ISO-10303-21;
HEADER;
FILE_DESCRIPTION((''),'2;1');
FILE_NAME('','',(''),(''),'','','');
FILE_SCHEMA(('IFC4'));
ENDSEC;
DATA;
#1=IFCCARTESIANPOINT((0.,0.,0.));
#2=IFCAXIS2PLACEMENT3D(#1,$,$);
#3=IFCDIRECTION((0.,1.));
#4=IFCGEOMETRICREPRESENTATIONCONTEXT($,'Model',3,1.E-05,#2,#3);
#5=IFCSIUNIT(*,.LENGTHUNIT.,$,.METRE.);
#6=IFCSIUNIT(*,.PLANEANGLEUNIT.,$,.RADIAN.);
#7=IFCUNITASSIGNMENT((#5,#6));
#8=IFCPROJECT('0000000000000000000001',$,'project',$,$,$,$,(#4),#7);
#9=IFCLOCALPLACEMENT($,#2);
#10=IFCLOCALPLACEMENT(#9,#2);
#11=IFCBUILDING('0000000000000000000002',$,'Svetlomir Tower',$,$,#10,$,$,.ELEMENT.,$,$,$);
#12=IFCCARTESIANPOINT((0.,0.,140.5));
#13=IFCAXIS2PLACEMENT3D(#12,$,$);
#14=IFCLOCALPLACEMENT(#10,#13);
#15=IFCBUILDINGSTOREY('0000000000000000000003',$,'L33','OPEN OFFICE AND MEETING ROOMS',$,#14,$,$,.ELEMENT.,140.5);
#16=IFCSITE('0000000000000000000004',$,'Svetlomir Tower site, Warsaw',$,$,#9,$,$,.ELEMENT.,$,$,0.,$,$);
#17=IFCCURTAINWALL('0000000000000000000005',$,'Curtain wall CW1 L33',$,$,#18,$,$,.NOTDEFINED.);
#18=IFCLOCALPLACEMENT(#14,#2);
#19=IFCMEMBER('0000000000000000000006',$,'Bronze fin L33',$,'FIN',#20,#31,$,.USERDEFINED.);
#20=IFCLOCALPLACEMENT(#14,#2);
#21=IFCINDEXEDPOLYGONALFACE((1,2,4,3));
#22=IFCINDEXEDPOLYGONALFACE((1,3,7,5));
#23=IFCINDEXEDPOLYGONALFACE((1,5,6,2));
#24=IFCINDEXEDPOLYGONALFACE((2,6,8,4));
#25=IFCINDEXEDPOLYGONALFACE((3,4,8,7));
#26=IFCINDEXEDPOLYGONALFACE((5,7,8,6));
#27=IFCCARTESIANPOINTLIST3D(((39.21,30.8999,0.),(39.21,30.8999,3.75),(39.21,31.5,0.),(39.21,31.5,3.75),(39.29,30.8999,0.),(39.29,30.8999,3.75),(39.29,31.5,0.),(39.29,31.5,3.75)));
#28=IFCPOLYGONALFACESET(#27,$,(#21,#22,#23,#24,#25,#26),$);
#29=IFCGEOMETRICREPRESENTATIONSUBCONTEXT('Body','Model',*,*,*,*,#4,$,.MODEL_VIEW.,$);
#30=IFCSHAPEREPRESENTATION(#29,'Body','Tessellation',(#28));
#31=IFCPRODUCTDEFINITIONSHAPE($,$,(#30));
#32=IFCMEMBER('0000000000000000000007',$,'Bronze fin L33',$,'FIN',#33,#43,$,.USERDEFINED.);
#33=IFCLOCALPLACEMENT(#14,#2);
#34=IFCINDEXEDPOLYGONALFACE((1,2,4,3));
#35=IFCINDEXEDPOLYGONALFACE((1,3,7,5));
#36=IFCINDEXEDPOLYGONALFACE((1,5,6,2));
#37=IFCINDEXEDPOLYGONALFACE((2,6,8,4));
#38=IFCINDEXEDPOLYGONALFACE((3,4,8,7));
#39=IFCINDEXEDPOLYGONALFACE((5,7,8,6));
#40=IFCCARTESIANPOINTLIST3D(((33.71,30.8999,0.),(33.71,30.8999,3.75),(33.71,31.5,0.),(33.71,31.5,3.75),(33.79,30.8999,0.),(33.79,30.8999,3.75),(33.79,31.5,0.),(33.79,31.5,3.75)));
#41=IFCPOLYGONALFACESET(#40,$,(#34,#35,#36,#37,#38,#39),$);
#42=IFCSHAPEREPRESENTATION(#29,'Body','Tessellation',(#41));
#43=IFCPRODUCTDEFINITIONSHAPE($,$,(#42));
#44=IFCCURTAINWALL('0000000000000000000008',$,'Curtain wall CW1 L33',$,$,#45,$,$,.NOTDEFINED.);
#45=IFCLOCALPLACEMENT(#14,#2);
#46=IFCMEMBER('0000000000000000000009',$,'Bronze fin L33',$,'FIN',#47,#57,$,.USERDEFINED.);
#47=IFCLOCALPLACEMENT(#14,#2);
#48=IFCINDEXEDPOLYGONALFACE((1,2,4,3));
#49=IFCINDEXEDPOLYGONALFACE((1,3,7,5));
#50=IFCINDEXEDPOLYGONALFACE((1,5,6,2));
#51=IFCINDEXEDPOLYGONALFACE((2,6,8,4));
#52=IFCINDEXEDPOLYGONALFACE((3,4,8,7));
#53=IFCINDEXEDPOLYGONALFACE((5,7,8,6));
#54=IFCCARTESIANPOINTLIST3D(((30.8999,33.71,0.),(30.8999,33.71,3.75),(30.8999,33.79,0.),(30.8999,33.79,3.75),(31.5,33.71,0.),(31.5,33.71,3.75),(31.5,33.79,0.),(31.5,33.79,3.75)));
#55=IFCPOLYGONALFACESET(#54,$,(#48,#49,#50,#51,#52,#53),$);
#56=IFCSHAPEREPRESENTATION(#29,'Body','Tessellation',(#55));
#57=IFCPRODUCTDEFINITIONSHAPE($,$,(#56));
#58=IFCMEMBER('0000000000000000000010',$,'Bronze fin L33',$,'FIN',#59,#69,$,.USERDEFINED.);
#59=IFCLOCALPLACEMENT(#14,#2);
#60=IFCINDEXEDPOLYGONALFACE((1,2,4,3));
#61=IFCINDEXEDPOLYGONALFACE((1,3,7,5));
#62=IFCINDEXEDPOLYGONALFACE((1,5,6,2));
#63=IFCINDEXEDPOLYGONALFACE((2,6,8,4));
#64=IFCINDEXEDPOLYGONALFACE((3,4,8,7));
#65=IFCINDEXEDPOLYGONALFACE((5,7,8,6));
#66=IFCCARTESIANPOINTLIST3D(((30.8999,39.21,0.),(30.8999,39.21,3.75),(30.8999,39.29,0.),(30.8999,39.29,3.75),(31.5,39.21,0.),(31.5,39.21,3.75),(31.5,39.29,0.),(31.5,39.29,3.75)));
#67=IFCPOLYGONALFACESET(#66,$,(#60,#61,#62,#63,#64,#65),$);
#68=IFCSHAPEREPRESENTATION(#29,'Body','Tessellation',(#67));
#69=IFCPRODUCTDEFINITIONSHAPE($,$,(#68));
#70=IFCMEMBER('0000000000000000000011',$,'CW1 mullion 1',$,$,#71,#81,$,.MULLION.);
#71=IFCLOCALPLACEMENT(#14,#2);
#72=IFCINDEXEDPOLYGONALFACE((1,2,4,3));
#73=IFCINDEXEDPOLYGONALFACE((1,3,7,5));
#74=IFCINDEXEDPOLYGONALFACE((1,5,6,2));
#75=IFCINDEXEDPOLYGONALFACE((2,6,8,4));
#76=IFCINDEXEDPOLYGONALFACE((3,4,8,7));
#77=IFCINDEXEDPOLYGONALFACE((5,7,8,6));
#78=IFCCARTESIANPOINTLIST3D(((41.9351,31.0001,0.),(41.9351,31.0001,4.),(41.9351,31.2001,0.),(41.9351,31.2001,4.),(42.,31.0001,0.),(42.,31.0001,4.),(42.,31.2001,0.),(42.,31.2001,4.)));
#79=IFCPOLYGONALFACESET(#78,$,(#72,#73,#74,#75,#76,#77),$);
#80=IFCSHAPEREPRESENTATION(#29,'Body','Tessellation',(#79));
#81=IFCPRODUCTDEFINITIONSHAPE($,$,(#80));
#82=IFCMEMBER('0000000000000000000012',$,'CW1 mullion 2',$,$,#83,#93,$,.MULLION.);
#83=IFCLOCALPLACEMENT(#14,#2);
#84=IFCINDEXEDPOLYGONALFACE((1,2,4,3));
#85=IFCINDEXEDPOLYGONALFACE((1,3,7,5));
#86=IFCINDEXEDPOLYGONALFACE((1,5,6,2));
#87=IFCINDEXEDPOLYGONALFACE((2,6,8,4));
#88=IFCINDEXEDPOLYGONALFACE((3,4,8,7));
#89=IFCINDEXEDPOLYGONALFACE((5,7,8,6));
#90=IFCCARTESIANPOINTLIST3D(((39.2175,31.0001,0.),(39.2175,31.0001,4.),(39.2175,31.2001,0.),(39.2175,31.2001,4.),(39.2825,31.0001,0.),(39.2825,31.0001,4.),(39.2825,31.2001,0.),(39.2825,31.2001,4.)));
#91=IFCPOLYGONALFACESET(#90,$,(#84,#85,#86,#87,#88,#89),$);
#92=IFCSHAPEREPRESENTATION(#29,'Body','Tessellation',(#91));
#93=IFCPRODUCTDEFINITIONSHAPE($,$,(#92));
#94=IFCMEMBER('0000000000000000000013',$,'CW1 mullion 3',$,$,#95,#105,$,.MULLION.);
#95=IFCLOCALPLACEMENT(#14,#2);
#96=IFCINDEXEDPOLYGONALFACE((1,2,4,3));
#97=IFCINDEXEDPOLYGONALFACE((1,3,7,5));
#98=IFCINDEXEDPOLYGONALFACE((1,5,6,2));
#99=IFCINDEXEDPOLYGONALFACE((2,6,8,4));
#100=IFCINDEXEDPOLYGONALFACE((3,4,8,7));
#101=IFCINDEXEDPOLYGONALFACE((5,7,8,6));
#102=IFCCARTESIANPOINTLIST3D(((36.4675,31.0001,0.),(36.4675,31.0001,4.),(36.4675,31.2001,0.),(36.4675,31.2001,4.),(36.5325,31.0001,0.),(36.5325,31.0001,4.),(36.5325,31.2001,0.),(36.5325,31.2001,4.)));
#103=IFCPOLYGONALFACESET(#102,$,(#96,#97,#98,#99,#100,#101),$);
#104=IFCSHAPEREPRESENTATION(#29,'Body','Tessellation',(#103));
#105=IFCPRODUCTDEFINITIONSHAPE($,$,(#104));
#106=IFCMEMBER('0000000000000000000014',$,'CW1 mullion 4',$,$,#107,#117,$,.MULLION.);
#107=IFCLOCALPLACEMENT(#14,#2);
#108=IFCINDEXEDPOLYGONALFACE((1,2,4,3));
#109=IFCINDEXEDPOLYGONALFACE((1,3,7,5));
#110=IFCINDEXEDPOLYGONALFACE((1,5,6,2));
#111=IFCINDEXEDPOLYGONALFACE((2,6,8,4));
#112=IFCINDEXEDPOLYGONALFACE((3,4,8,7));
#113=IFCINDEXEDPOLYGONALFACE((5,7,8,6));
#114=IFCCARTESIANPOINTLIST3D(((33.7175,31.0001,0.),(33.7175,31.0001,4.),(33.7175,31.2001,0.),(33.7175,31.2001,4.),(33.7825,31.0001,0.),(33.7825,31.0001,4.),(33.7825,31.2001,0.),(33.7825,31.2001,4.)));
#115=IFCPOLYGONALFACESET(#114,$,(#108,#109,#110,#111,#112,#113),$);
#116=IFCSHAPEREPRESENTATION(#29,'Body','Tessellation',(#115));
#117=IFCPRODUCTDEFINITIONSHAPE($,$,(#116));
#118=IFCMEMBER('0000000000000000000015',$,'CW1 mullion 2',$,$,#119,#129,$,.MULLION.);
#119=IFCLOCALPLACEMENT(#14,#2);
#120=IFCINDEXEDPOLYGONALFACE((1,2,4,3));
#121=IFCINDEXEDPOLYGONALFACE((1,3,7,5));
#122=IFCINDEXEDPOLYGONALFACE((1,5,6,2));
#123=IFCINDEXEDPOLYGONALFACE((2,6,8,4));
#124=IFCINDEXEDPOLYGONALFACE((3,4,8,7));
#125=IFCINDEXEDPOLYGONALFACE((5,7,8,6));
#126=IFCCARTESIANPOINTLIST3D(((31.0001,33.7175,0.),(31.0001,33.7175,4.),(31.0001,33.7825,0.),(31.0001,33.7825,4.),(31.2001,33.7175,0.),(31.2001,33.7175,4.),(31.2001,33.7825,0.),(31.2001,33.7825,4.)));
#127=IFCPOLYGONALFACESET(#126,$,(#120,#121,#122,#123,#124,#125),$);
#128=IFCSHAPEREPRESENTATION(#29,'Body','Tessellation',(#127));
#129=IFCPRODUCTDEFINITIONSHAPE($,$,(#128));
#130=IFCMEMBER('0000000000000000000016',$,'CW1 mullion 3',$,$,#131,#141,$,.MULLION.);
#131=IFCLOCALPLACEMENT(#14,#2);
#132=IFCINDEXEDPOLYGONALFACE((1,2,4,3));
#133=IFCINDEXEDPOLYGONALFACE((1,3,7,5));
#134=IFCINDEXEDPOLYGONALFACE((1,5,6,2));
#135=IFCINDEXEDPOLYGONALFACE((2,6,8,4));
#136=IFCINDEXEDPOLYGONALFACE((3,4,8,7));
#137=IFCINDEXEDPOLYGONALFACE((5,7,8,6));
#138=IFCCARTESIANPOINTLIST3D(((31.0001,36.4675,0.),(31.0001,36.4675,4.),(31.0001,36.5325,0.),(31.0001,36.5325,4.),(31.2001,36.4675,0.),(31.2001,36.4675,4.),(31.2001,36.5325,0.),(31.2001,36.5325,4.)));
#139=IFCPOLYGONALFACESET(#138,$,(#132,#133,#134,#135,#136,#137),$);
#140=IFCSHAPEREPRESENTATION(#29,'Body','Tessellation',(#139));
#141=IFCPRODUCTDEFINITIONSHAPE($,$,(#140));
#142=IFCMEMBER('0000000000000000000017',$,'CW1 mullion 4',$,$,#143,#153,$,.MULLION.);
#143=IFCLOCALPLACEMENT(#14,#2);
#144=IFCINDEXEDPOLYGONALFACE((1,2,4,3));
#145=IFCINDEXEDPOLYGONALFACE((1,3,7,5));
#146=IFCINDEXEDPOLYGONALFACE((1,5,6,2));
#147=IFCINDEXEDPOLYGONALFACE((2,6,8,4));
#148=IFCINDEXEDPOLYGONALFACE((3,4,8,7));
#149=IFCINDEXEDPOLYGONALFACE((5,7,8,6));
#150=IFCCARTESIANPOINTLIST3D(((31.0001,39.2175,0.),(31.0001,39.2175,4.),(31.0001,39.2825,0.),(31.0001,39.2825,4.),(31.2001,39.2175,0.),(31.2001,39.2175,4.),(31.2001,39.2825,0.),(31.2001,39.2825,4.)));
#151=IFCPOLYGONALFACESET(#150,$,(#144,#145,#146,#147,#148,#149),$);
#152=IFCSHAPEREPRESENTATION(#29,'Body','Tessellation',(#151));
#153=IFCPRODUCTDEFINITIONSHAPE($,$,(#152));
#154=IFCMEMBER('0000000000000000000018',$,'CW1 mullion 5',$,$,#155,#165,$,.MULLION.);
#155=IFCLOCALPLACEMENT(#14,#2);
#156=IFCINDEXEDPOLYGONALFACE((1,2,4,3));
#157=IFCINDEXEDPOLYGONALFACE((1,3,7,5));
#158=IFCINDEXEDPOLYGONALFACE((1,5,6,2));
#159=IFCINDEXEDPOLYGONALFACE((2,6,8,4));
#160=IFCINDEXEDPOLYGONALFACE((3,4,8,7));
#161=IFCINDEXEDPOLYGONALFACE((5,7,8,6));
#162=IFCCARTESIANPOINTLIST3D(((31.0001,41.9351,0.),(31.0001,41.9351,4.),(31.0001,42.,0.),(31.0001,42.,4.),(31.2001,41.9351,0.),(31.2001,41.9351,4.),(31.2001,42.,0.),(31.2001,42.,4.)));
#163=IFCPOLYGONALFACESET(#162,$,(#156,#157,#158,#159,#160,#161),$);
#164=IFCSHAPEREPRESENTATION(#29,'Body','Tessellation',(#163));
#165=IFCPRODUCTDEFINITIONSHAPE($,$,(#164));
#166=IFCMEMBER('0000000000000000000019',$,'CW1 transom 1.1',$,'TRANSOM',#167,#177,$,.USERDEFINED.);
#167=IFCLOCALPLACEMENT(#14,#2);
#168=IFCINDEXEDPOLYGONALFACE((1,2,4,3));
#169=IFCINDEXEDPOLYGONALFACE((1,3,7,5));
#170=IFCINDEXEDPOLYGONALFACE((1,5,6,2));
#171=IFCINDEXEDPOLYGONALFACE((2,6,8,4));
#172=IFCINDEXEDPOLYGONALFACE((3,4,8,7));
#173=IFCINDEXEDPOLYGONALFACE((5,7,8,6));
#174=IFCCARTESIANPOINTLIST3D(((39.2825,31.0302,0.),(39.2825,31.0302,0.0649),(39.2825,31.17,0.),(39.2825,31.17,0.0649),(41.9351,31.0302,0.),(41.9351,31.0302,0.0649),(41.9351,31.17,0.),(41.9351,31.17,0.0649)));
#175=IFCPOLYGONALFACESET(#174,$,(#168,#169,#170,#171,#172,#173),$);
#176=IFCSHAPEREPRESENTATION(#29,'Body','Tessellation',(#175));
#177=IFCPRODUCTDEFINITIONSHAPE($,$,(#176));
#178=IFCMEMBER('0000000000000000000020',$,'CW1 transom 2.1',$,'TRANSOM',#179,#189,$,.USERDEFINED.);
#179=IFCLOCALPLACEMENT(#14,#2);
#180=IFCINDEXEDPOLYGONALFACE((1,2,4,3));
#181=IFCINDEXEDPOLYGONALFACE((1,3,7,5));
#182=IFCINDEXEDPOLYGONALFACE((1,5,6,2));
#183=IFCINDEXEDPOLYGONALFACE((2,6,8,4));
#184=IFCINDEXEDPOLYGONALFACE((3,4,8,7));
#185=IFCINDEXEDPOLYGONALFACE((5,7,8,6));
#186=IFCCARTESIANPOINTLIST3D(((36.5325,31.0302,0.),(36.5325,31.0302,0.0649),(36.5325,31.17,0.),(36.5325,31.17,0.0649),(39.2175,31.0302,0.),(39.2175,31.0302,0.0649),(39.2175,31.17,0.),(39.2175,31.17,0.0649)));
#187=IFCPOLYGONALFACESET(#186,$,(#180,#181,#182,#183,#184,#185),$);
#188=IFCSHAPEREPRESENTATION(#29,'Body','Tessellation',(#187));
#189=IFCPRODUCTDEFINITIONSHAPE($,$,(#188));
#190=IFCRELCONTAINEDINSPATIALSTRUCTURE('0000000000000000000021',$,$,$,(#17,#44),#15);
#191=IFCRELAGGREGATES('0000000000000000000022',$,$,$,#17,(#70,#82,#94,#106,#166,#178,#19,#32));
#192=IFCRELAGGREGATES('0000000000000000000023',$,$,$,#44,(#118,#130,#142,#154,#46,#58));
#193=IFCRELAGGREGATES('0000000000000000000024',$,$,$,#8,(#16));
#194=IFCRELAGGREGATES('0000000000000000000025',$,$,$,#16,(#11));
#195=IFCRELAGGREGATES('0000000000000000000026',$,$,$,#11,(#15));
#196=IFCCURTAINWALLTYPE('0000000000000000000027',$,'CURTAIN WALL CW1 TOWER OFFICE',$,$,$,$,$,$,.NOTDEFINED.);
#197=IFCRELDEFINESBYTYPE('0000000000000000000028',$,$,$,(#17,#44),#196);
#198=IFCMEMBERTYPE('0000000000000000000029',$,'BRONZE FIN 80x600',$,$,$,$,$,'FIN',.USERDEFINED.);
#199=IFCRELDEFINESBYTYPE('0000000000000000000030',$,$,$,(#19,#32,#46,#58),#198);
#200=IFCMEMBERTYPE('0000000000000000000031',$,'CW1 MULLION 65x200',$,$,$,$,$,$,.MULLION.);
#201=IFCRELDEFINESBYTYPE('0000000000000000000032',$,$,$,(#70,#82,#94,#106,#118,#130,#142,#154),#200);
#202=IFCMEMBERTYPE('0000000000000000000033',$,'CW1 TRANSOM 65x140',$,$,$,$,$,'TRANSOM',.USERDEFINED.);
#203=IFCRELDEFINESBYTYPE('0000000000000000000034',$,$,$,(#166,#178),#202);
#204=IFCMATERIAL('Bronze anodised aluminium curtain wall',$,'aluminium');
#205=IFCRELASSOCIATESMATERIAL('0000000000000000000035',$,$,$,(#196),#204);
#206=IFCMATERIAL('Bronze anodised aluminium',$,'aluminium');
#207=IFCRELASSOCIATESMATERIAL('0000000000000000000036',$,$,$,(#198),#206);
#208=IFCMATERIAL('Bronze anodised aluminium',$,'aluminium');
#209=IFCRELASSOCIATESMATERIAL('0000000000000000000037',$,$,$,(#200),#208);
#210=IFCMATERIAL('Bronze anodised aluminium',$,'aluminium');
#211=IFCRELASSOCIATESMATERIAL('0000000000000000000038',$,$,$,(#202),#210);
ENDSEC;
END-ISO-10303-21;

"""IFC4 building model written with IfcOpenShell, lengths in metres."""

from ifc_helpers import new_model, si_unit, direction, frame, origin, origin_2d, place, context, subcontext, project, spatial, rectangle, extrude, material, material_profile, profile_set, type_object, element, aggregate, save


model = new_model("IFC4")

# Units and contexts
model_context = context("Model", 3, precision=1e-05, world=origin(), true_north=direction((0.0, 1.0)))
body_context = subcontext(model_context, "Body", "Model", "MODEL_VIEW")
ifc_project = project(units=[si_unit("LENGTHUNIT", "METRE"), si_unit("PLANEANGLEUNIT", "RADIAN")], contexts=[model_context])

# Site, building, storey
site_placement = place(None, origin())
site = spatial("IfcSite", under=ifc_project, at=site_placement, Name="Svetlomir Tower site, Warsaw", CompositionType="ELEMENT", RefElevation=0.0)
building_placement = place(site_placement, origin())
building = spatial("IfcBuilding", under=site, at=building_placement, Name="Svetlomir Tower", CompositionType="ELEMENT")
storey_placement = place(building_placement, frame((0.0, 0.0, 140.5)))
storey = spatial("IfcBuildingStorey", under=building, at=storey_placement, Name="L33", Description="OPEN OFFICE AND MEETING ROOMS", CompositionType="ELEMENT", Elevation=140.5)

# Curtain walls, members
ifc_material_1 = material(Name="Bronze anodised aluminium curtain wall", Category="aluminium")
curtain_wall_type = type_object("IfcCurtainWallType", Name="CURTAIN WALL CW1 TOWER OFFICE", PredefinedType="NOTDEFINED", material=ifc_material_1)
curtain_wall_1_placement = place(storey_placement, origin())
curtain_wall_1 = element("IfcCurtainWall", 1, at=curtain_wall_1_placement, inside=storey, type_object=curtain_wall_type, Name="Curtain wall CW1 L33", PredefinedType="NOTDEFINED")
ifc_material_2 = material(Name="Bronze anodised aluminium", Category="aluminium")
ifc_material_profile_1 = material_profile(ifc_material_2, rectangle(XDim=0.0801, YDim=0.6001, at=origin_2d()), Name="FIN 80x600")
ifc_profile_set_1 = profile_set([ifc_material_profile_1], Name="Bronze anodised aluminium 6063-T6")
member_type_1 = type_object("IfcMemberType", Name="BRONZE FIN 80x600", ElementType="FIN", PredefinedType="USERDEFINED", material=ifc_profile_set_1)
member_1_placement = place(storey_placement, frame((39.25, 31.2, 0.0), z_axis=(0.0, 0.0, 1.0), x_axis=(1.0, 0.0, 0.0)))
member_1 = element("IfcMember", 2, at=member_1_placement, type_object=member_type_1, Name="Bronze fin L33", ObjectType="FIN", PredefinedType="USERDEFINED", context=body_context, shape_type="SweptSolid", body=[
    extrude(rectangle(XDim=0.0801, YDim=0.6001, at=origin_2d()), origin(), (0.0, 0.0, 1.0), 3.75),
])
member_2_placement = place(storey_placement, frame((33.75, 31.2, 0.0), z_axis=(0.0, 0.0, 1.0), x_axis=(1.0, 0.0, 0.0)))
member_2 = element("IfcMember", 3, at=member_2_placement, type_object=member_type_1, Name="Bronze fin L33", ObjectType="FIN", PredefinedType="USERDEFINED", context=body_context, shape_type="SweptSolid", body=[
    extrude(rectangle(XDim=0.0801, YDim=0.6001, at=origin_2d()), origin(), (0.0, 0.0, 1.0), 3.75),
])
curtain_wall_2_placement = place(storey_placement, origin())
curtain_wall_2 = element("IfcCurtainWall", 4, at=curtain_wall_2_placement, inside=storey, type_object=curtain_wall_type, Name="Curtain wall CW1 L33", PredefinedType="NOTDEFINED")
member_3_placement = place(storey_placement, frame((31.2, 33.75, 0.0), z_axis=(0.0, 0.0, 1.0), x_axis=(0.0, 1.0, 0.0)))
member_3 = element("IfcMember", 5, at=member_3_placement, type_object=member_type_1, Name="Bronze fin L33", ObjectType="FIN", PredefinedType="USERDEFINED", context=body_context, shape_type="SweptSolid", body=[
    extrude(rectangle(XDim=0.0801, YDim=0.6001, at=origin_2d()), origin(), (0.0, 0.0, 1.0), 3.75),
])
member_4_placement = place(storey_placement, frame((31.2, 39.25, 0.0), z_axis=(0.0, 0.0, 1.0), x_axis=(0.0, 1.0, 0.0)))
member_4 = element("IfcMember", 6, at=member_4_placement, type_object=member_type_1, Name="Bronze fin L33", ObjectType="FIN", PredefinedType="USERDEFINED", context=body_context, shape_type="SweptSolid", body=[
    extrude(rectangle(XDim=0.0801, YDim=0.6001, at=origin_2d()), origin(), (0.0, 0.0, 1.0), 3.75),
])

# Members
ifc_material_3 = material(Name="Bronze anodised aluminium", Category="aluminium")
ifc_material_profile_2 = material_profile(ifc_material_3, rectangle(XDim=0.0649, YDim=0.2, at=origin_2d()), Name="AL 65x200")
ifc_profile_set_2 = profile_set([ifc_material_profile_2], Name="Bronze anodised aluminium 6063-T6")
member_type_2 = type_object("IfcMemberType", Name="CW1 MULLION 65x200", PredefinedType="MULLION", material=ifc_profile_set_2)
member_5_placement = place(storey_placement, frame((41.9675, 31.1001, 0.0), z_axis=(0.0, 0.0, 1.0), x_axis=(-1.0, 0.0, 0.0)))
member_5 = element("IfcMember", 7, at=member_5_placement, type_object=member_type_2, Name="CW1 mullion 1", PredefinedType="MULLION", context=body_context, shape_type="SweptSolid", body=[
    extrude(rectangle(XDim=0.0649, YDim=0.2, at=origin_2d()), origin(), (0.0, 0.0, 1.0), 4.0),
])
member_6_placement = place(storey_placement, frame((39.25, 31.1001, 0.0), z_axis=(0.0, 0.0, 1.0), x_axis=(-1.0, 0.0, 0.0)))
member_6 = element("IfcMember", 8, at=member_6_placement, type_object=member_type_2, Name="CW1 mullion 2", PredefinedType="MULLION", context=body_context, shape_type="SweptSolid", body=[
    extrude(rectangle(XDim=0.0649, YDim=0.2, at=origin_2d()), origin(), (0.0, 0.0, 1.0), 4.0),
])
member_7_placement = place(storey_placement, frame((36.5, 31.1001, 0.0), z_axis=(0.0, 0.0, 1.0), x_axis=(-1.0, 0.0, 0.0)))
member_7 = element("IfcMember", 9, at=member_7_placement, type_object=member_type_2, Name="CW1 mullion 3", PredefinedType="MULLION", context=body_context, shape_type="SweptSolid", body=[
    extrude(rectangle(XDim=0.0649, YDim=0.2, at=origin_2d()), origin(), (0.0, 0.0, 1.0), 4.0),
])
member_8_placement = place(storey_placement, frame((33.75, 31.1001, 0.0), z_axis=(0.0, 0.0, 1.0), x_axis=(-1.0, 0.0, 0.0)))
member_8 = element("IfcMember", 10, at=member_8_placement, type_object=member_type_2, Name="CW1 mullion 4", PredefinedType="MULLION", context=body_context, shape_type="SweptSolid", body=[
    extrude(rectangle(XDim=0.0649, YDim=0.2, at=origin_2d()), origin(), (0.0, 0.0, 1.0), 4.0),
])
member_9_placement = place(storey_placement, frame((31.1001, 33.75, 0.0), z_axis=(0.0, 0.0, 1.0), x_axis=(0.0, 1.0, 0.0)))
member_9 = element("IfcMember", 11, at=member_9_placement, type_object=member_type_2, Name="CW1 mullion 2", PredefinedType="MULLION", context=body_context, shape_type="SweptSolid", body=[
    extrude(rectangle(XDim=0.0649, YDim=0.2, at=origin_2d()), origin(), (0.0, 0.0, 1.0), 4.0),
])
member_10_placement = place(storey_placement, frame((31.1001, 36.5, 0.0), z_axis=(0.0, 0.0, 1.0), x_axis=(0.0, 1.0, 0.0)))
member_10 = element("IfcMember", 12, at=member_10_placement, type_object=member_type_2, Name="CW1 mullion 3", PredefinedType="MULLION", context=body_context, shape_type="SweptSolid", body=[
    extrude(rectangle(XDim=0.0649, YDim=0.2, at=origin_2d()), origin(), (0.0, 0.0, 1.0), 4.0),
])
member_11_placement = place(storey_placement, frame((31.1001, 39.25, 0.0), z_axis=(0.0, 0.0, 1.0), x_axis=(0.0, 1.0, 0.0)))
member_11 = element("IfcMember", 13, at=member_11_placement, type_object=member_type_2, Name="CW1 mullion 4", PredefinedType="MULLION", context=body_context, shape_type="SweptSolid", body=[
    extrude(rectangle(XDim=0.0649, YDim=0.2, at=origin_2d()), origin(), (0.0, 0.0, 1.0), 4.0),
])
member_12_placement = place(storey_placement, frame((31.1001, 41.9675, 0.0), z_axis=(0.0, 0.0, 1.0), x_axis=(0.0, 1.0, 0.0)))
member_12 = element("IfcMember", 14, at=member_12_placement, type_object=member_type_2, Name="CW1 mullion 5", PredefinedType="MULLION", context=body_context, shape_type="SweptSolid", body=[
    extrude(rectangle(XDim=0.0649, YDim=0.2, at=origin_2d()), origin(), (0.0, 0.0, 1.0), 4.0),
])
ifc_material_4 = material(Name="Bronze anodised aluminium", Category="aluminium")
ifc_material_profile_3 = material_profile(ifc_material_4, rectangle(XDim=0.1399, YDim=0.0649, at=origin_2d()), Name="AL 140x65")
ifc_profile_set_3 = profile_set([ifc_material_profile_3], Name="Bronze anodised aluminium 6063-T6")
member_type_3 = type_object("IfcMemberType", Name="CW1 TRANSOM 65x140", ElementType="TRANSOM", PredefinedType="USERDEFINED", material=ifc_profile_set_3)
member_13_placement = place(storey_placement, frame((41.9351, 31.1001, 0.0325), z_axis=(-1.0, 0.0, 0.0), x_axis=(0.0, -1.0, 0.0)))
member_13 = element("IfcMember", 15, at=member_13_placement, type_object=member_type_3, Name="CW1 transom 1.1", ObjectType="TRANSOM", PredefinedType="USERDEFINED", context=body_context, shape_type="SweptSolid", body=[
    extrude(rectangle(XDim=0.1399, YDim=0.0649, at=origin_2d()), origin(), (0.0, 0.0, 1.0), 2.6526),
])
member_14_placement = place(storey_placement, frame((39.2175, 31.1001, 0.0325), z_axis=(-1.0, 0.0, 0.0), x_axis=(0.0, -1.0, 0.0)))
member_14 = element("IfcMember", 16, at=member_14_placement, type_object=member_type_3, Name="CW1 transom 2.1", ObjectType="TRANSOM", PredefinedType="USERDEFINED", context=body_context, shape_type="SweptSolid", body=[
    extrude(rectangle(XDim=0.1399, YDim=0.0649, at=origin_2d()), origin(), (0.0, 0.0, 1.0), 2.6851),
])

aggregate(curtain_wall_1, [member_5, member_6, member_7, member_8, member_13, member_14, member_1, member_2])
aggregate(curtain_wall_2, [member_9, member_10, member_11, member_12, member_3, member_4])

save(model, "model.ifc")
